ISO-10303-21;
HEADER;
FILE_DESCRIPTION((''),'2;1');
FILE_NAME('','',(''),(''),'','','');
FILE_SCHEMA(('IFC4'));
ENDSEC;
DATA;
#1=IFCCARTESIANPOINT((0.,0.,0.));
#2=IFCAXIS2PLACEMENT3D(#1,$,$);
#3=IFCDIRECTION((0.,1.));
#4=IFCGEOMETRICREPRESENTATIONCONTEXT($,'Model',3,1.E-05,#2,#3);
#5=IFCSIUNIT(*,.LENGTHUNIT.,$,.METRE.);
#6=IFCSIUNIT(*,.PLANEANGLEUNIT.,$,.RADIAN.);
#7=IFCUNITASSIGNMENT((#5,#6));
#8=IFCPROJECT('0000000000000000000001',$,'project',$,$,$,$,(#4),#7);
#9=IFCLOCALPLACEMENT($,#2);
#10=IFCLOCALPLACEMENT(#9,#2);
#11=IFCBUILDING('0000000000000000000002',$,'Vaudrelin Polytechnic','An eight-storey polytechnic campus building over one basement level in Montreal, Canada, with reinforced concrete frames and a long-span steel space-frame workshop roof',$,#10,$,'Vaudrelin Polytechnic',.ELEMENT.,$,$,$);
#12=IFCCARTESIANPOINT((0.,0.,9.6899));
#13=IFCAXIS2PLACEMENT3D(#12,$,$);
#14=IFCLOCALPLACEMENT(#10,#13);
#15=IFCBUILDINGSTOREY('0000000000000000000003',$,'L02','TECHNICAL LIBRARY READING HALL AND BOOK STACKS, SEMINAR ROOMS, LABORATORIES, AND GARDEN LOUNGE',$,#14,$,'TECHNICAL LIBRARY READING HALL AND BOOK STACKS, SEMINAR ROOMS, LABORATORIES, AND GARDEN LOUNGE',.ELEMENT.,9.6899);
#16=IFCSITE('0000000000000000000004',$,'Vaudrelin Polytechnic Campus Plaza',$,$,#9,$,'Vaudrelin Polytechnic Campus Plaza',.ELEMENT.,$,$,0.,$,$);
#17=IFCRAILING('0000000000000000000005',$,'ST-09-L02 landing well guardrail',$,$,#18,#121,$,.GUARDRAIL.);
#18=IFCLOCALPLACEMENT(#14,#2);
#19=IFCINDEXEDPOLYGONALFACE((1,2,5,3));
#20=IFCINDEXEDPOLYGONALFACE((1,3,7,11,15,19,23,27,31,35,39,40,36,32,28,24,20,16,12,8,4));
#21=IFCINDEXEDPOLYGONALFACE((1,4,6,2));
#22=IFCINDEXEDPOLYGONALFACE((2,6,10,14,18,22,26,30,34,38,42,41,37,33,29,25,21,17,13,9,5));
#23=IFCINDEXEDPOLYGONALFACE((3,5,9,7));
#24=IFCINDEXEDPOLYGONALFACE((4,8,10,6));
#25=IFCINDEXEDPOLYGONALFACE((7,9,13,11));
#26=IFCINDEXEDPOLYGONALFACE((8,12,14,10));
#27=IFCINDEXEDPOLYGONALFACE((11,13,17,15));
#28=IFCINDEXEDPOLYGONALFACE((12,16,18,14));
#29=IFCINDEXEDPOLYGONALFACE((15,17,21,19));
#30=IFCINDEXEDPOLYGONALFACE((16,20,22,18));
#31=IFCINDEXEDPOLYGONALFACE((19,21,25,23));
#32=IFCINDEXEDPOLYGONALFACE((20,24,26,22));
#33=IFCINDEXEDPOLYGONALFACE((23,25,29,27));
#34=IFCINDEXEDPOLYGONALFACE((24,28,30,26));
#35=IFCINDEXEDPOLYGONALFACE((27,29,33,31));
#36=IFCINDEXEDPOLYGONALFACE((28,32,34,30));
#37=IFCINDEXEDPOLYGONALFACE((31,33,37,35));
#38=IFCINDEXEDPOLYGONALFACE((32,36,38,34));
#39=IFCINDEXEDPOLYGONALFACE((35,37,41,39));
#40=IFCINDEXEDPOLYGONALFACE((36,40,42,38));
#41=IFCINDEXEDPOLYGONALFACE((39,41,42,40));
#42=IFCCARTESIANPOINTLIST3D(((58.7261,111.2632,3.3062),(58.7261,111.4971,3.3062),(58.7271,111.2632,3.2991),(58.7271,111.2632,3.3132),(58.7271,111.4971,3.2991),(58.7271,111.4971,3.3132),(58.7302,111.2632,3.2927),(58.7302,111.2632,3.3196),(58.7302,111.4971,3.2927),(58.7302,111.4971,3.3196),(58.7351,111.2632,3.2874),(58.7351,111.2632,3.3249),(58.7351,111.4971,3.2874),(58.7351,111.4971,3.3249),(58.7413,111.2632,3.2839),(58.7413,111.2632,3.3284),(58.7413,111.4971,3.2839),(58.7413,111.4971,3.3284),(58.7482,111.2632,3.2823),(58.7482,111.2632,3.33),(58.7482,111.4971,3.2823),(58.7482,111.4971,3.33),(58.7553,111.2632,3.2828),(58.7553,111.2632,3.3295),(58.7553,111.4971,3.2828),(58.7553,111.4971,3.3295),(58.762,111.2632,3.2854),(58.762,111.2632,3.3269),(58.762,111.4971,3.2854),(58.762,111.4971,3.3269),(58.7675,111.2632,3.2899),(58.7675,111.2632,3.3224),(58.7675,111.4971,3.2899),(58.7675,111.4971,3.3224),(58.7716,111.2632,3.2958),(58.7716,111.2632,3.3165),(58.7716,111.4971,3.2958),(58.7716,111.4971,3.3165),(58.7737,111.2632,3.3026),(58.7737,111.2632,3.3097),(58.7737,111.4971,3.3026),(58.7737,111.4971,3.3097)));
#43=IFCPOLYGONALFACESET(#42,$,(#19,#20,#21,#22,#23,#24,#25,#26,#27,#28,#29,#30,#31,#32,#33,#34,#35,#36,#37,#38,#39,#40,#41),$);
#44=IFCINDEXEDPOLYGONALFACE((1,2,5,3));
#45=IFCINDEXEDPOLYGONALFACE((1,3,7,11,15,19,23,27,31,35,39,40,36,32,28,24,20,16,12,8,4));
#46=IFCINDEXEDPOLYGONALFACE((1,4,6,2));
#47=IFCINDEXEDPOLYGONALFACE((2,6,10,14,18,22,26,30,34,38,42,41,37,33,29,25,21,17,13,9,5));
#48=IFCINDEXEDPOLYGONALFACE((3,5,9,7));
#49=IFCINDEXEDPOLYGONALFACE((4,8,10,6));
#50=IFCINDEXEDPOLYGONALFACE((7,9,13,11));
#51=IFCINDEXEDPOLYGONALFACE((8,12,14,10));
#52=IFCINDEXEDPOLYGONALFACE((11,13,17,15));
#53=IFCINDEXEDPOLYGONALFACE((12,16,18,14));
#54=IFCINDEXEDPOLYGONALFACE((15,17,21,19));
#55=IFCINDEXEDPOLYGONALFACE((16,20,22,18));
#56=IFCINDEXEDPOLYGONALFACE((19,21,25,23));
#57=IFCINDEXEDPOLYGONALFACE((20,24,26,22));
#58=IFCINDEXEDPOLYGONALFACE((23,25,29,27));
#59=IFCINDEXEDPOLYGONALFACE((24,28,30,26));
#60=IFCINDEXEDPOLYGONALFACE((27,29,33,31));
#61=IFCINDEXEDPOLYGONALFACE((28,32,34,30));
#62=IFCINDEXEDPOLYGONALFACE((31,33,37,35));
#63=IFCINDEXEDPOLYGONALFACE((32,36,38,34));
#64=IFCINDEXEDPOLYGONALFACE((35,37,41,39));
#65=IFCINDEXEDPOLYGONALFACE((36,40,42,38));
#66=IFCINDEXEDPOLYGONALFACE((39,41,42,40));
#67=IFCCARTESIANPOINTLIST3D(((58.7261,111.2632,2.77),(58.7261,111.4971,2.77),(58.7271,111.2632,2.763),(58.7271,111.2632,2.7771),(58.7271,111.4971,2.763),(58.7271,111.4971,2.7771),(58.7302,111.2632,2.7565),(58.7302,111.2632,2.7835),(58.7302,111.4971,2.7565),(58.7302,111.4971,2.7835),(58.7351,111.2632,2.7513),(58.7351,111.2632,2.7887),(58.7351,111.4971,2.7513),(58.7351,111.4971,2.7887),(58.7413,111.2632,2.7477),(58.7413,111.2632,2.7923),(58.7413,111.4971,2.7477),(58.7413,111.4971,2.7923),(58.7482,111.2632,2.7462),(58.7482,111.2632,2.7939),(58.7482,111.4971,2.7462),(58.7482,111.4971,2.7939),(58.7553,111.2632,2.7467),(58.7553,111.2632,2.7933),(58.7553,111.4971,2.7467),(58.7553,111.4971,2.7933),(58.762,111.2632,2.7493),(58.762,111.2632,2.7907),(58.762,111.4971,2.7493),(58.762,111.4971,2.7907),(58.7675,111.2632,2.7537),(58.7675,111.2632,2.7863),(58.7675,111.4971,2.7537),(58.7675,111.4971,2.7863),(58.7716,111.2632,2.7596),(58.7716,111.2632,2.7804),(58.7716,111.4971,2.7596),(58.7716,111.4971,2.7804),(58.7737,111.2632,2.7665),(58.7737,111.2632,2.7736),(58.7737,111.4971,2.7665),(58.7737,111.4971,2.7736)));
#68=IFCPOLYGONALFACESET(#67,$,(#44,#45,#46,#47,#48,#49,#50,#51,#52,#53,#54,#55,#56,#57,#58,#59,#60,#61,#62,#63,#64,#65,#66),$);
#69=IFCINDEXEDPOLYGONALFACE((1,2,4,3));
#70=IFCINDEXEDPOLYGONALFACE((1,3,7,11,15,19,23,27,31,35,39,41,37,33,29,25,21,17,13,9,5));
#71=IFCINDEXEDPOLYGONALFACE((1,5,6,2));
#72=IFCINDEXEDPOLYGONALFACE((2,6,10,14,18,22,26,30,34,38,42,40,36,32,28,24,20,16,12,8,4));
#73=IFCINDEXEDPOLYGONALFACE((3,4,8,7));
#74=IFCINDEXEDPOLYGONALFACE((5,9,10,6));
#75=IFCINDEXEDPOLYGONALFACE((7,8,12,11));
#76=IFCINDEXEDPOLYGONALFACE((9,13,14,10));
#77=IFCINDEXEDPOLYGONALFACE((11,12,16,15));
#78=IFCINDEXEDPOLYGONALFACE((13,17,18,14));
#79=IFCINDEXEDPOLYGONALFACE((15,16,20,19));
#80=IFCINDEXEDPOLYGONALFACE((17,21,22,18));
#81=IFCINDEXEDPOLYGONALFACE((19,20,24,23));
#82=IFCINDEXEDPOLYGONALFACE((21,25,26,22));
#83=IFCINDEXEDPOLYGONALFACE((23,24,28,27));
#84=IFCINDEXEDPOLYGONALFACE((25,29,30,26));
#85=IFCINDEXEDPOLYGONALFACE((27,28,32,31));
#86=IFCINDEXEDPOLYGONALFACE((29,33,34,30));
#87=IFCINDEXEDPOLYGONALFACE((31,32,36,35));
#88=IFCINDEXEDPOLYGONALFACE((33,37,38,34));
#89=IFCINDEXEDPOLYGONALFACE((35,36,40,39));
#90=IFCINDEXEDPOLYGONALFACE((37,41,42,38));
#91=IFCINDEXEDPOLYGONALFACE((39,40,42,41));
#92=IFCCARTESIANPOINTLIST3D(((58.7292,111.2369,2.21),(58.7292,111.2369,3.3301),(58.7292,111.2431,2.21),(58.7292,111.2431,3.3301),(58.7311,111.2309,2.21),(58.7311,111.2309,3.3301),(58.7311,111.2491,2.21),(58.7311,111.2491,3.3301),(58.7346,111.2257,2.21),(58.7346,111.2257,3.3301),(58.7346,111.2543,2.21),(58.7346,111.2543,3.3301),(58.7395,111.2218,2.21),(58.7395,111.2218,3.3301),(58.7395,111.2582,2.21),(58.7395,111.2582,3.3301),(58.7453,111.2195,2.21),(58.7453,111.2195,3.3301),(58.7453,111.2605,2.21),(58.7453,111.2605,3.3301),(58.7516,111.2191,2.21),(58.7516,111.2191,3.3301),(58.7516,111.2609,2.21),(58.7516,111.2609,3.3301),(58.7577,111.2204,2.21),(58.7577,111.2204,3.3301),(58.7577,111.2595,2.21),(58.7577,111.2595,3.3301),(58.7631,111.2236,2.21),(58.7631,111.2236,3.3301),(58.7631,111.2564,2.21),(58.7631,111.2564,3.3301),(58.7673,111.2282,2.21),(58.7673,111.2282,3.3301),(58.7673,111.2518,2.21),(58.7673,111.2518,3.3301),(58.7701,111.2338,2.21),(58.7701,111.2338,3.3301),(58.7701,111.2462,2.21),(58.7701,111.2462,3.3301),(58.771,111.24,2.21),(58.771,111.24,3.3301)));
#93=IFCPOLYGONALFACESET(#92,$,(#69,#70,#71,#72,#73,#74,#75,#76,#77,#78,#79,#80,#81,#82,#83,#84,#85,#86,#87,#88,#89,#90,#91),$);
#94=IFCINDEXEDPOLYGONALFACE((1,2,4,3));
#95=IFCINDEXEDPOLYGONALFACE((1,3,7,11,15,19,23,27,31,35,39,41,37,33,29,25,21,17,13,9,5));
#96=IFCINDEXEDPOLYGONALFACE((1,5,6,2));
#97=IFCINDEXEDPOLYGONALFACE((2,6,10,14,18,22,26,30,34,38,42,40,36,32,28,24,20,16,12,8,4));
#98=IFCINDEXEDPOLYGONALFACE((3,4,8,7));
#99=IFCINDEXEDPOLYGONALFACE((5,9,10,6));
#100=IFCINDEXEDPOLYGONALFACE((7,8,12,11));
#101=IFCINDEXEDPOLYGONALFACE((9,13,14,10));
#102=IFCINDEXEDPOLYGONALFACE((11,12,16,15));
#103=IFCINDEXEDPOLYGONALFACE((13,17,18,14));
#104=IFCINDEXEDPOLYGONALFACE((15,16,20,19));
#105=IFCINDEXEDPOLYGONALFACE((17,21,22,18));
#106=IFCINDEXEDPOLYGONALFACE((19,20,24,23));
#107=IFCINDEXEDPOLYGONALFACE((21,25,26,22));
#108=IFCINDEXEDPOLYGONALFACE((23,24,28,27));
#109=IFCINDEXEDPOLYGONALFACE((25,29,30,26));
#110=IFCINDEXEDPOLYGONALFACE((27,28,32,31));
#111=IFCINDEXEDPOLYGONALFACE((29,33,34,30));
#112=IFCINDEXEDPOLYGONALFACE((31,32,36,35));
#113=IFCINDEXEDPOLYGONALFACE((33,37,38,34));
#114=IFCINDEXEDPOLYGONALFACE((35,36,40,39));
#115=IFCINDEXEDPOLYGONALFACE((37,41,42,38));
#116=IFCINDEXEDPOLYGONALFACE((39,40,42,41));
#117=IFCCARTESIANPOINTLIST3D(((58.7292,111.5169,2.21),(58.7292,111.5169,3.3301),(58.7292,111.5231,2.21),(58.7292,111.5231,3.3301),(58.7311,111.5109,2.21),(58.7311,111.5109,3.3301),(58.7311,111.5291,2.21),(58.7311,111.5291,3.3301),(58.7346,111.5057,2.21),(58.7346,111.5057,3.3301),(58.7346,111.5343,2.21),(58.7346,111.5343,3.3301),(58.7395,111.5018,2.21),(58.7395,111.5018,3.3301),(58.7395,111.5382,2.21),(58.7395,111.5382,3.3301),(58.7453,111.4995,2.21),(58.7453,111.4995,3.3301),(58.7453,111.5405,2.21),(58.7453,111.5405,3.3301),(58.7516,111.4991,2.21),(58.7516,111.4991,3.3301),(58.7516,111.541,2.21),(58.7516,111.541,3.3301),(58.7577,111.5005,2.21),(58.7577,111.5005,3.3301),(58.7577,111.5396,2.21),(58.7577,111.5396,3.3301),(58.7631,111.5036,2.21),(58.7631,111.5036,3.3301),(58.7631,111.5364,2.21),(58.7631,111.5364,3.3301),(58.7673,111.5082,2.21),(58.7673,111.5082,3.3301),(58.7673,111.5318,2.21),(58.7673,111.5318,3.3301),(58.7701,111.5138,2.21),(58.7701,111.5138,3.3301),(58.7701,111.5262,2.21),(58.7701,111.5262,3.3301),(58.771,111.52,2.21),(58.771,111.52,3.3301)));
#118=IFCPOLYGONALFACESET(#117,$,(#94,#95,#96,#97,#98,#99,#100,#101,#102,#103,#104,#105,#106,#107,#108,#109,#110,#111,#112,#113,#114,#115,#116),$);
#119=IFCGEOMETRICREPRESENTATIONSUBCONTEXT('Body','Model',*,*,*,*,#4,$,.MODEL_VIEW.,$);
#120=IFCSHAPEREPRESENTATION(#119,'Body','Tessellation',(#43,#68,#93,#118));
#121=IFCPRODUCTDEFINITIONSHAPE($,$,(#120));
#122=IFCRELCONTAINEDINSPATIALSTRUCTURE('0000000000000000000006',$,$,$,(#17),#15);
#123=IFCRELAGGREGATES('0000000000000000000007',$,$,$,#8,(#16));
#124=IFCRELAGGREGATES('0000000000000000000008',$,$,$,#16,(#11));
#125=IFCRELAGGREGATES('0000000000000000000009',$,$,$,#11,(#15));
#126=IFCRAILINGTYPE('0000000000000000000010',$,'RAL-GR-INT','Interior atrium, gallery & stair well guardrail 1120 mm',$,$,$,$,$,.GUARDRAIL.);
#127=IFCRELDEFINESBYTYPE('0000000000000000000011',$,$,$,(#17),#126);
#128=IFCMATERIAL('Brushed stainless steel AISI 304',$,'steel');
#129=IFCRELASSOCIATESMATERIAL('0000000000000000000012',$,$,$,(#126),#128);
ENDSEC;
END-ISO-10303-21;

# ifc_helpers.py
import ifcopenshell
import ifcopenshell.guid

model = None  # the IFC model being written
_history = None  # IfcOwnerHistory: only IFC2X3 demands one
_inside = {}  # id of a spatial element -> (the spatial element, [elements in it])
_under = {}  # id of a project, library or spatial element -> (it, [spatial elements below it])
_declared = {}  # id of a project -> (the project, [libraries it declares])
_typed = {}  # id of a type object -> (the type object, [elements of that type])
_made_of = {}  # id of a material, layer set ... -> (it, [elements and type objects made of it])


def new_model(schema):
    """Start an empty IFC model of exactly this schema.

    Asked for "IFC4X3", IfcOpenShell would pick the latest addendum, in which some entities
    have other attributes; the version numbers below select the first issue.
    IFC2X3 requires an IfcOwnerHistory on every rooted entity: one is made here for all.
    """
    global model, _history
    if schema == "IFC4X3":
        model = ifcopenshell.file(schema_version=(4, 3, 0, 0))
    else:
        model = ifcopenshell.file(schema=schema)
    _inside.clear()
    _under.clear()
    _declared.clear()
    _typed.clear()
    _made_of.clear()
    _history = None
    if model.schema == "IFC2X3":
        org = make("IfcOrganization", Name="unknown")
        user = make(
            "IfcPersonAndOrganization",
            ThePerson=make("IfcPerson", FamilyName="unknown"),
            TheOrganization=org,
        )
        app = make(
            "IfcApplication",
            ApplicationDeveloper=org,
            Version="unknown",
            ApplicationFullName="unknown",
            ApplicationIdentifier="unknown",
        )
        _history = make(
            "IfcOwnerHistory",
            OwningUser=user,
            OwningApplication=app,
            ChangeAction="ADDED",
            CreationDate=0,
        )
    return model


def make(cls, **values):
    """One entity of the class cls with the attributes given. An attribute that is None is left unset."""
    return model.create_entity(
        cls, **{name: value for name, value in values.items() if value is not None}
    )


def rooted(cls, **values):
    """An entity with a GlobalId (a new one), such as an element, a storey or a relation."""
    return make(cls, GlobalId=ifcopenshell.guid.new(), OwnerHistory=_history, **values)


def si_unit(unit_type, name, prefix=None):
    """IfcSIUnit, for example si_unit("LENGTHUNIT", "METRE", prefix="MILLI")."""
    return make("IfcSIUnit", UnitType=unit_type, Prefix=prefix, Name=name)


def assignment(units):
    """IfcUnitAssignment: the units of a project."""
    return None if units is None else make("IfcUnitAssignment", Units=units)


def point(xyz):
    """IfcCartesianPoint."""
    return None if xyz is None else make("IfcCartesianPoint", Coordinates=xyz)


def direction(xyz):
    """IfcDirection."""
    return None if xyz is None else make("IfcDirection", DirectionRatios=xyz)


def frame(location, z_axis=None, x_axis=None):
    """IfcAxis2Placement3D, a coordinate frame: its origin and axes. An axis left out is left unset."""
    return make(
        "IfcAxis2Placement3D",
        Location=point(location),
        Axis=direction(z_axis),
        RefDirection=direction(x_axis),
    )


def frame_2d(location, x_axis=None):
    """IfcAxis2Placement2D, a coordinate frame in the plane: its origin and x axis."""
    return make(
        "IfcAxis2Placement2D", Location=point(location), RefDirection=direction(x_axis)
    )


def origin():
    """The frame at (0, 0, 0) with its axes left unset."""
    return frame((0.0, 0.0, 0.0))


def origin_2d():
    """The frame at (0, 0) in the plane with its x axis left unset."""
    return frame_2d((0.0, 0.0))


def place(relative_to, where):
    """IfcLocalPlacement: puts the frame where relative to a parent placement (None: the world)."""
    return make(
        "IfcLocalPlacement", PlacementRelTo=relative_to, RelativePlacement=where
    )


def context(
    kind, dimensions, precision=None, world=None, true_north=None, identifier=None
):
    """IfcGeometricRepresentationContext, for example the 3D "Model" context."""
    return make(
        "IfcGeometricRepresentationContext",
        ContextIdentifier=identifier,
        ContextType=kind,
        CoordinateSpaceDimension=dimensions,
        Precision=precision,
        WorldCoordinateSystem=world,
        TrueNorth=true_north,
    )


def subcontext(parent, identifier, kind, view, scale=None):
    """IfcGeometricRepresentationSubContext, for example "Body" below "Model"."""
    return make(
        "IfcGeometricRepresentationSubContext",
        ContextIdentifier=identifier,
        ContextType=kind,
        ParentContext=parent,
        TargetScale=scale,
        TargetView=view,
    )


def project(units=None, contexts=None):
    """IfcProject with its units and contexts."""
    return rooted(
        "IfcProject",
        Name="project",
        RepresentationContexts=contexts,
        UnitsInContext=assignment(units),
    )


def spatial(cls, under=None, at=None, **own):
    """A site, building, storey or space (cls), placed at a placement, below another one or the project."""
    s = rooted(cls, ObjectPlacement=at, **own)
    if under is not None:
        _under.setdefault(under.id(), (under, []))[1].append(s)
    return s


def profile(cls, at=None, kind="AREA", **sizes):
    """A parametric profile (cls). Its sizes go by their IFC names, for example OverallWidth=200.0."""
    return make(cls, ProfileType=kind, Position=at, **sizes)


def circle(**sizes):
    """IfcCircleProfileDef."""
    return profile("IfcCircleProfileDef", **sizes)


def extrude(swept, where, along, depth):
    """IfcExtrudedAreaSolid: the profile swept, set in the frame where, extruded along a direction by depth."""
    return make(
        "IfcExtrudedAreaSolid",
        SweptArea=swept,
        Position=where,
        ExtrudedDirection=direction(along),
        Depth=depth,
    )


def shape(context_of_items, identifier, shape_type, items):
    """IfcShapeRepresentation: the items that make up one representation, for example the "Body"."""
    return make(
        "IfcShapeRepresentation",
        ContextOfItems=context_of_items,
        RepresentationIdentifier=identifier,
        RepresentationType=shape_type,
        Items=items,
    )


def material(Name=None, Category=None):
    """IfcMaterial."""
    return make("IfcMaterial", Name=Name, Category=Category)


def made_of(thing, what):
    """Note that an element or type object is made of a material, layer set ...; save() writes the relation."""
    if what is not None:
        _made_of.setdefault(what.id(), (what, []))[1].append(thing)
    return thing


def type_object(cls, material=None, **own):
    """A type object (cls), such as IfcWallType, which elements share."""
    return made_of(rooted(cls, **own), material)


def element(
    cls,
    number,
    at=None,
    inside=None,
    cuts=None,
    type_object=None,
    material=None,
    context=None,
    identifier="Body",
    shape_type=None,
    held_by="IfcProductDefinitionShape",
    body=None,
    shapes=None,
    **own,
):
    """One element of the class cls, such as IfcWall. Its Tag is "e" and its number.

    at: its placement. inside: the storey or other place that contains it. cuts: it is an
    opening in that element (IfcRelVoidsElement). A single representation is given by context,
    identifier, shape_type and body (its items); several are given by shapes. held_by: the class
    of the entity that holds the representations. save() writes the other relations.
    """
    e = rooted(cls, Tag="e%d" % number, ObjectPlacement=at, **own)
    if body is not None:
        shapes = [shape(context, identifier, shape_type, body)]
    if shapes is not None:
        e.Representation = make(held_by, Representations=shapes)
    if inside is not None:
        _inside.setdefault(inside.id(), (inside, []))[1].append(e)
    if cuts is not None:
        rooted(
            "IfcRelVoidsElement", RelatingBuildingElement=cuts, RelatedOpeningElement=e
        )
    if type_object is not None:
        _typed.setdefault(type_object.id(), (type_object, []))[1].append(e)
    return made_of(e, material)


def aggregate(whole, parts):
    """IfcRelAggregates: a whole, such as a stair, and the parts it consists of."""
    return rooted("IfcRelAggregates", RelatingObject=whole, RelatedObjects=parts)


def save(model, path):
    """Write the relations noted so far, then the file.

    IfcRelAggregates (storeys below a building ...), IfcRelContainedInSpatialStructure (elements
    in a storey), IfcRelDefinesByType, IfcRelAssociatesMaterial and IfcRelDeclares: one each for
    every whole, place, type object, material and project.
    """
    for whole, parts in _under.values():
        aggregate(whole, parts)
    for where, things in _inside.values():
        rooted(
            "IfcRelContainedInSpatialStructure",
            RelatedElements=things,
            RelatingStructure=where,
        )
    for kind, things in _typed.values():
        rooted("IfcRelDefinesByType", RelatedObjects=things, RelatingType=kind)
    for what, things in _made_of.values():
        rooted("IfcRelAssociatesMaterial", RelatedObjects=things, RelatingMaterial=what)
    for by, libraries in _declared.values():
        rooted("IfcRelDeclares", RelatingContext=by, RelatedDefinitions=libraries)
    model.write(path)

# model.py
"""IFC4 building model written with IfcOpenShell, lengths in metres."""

from ifc_helpers import new_model, si_unit, direction, frame, origin, origin_2d, place, context, subcontext, project, spatial, circle, extrude, material, type_object, element, save


model = new_model("IFC4")

# Units and contexts
model_context = context("Model", 3, precision=1e-05, world=origin(), true_north=direction((0.0, 1.0)))
body_context = subcontext(model_context, "Body", "Model", "MODEL_VIEW")
ifc_project = project(units=[si_unit("LENGTHUNIT", "METRE"), si_unit("PLANEANGLEUNIT", "RADIAN")], contexts=[model_context])

# Site, building, storey
site_placement = place(None, origin())
site = spatial("IfcSite", under=ifc_project, at=site_placement, Name="Vaudrelin Polytechnic Campus Plaza", LongName="Vaudrelin Polytechnic Campus Plaza", CompositionType="ELEMENT", RefElevation=0.0)
building_placement = place(site_placement, origin())
building = spatial("IfcBuilding", under=site, at=building_placement, Name="Vaudrelin Polytechnic", Description="An eight-storey polytechnic campus building over one basement level in Montreal, Canada, with reinforced concrete frames and a long-span steel space-frame workshop roof", LongName="Vaudrelin Polytechnic", CompositionType="ELEMENT")
storey_placement = place(building_placement, frame((0.0, 0.0, 9.6899)))
storey = spatial("IfcBuildingStorey", under=building, at=storey_placement, Name="L02", Description="TECHNICAL LIBRARY READING HALL AND BOOK STACKS, SEMINAR ROOMS, LABORATORIES, AND GARDEN LOUNGE", LongName="TECHNICAL LIBRARY READING HALL AND BOOK STACKS, SEMINAR ROOMS, LABORATORIES, AND GARDEN LOUNGE", CompositionType="ELEMENT", Elevation=9.6899)

# Railing
ifc_material_1 = material(Name="Brushed stainless steel AISI 304", Category="steel")
railing_type_1 = type_object("IfcRailingType", Name="RAL-GR-INT", Description="Interior atrium, gallery & stair well guardrail 1120 mm", PredefinedType="GUARDRAIL", material=ifc_material_1)
railing_1_placement = place(storey_placement, frame((58.75, 111.24, 2.21)))
element("IfcRailing", 1, at=railing_1_placement, inside=storey, type_object=railing_type_1, Name="ST-09-L02 landing well guardrail", PredefinedType="GUARDRAIL", context=body_context, shape_type="SweptSolid", body=[
    extrude(circle(Radius=0.0239, at=origin_2d()), frame((0.0, 0.0232, 1.0962), z_axis=(0.0, 1.0, 0.0), x_axis=(-1.0, 0.0, 0.0)), (0.0, 0.0, 1.0), 0.2339),
    extrude(circle(Radius=0.0239, at=origin_2d()), frame((0.0, 0.0232, 0.5601), z_axis=(0.0, 1.0, 0.0), x_axis=(-1.0, 0.0, 0.0)), (0.0, 0.0, 1.0), 0.2339),
    extrude(circle(Radius=0.021, at=origin_2d()), origin(), (0.0, 0.0, 1.0), 1.1201),
    extrude(circle(Radius=0.021, at=origin_2d()), frame((0.0, 0.28, 0.0)), (0.0, 0.0, 1.0), 1.1201),
])

save(model, "model.ifc")
